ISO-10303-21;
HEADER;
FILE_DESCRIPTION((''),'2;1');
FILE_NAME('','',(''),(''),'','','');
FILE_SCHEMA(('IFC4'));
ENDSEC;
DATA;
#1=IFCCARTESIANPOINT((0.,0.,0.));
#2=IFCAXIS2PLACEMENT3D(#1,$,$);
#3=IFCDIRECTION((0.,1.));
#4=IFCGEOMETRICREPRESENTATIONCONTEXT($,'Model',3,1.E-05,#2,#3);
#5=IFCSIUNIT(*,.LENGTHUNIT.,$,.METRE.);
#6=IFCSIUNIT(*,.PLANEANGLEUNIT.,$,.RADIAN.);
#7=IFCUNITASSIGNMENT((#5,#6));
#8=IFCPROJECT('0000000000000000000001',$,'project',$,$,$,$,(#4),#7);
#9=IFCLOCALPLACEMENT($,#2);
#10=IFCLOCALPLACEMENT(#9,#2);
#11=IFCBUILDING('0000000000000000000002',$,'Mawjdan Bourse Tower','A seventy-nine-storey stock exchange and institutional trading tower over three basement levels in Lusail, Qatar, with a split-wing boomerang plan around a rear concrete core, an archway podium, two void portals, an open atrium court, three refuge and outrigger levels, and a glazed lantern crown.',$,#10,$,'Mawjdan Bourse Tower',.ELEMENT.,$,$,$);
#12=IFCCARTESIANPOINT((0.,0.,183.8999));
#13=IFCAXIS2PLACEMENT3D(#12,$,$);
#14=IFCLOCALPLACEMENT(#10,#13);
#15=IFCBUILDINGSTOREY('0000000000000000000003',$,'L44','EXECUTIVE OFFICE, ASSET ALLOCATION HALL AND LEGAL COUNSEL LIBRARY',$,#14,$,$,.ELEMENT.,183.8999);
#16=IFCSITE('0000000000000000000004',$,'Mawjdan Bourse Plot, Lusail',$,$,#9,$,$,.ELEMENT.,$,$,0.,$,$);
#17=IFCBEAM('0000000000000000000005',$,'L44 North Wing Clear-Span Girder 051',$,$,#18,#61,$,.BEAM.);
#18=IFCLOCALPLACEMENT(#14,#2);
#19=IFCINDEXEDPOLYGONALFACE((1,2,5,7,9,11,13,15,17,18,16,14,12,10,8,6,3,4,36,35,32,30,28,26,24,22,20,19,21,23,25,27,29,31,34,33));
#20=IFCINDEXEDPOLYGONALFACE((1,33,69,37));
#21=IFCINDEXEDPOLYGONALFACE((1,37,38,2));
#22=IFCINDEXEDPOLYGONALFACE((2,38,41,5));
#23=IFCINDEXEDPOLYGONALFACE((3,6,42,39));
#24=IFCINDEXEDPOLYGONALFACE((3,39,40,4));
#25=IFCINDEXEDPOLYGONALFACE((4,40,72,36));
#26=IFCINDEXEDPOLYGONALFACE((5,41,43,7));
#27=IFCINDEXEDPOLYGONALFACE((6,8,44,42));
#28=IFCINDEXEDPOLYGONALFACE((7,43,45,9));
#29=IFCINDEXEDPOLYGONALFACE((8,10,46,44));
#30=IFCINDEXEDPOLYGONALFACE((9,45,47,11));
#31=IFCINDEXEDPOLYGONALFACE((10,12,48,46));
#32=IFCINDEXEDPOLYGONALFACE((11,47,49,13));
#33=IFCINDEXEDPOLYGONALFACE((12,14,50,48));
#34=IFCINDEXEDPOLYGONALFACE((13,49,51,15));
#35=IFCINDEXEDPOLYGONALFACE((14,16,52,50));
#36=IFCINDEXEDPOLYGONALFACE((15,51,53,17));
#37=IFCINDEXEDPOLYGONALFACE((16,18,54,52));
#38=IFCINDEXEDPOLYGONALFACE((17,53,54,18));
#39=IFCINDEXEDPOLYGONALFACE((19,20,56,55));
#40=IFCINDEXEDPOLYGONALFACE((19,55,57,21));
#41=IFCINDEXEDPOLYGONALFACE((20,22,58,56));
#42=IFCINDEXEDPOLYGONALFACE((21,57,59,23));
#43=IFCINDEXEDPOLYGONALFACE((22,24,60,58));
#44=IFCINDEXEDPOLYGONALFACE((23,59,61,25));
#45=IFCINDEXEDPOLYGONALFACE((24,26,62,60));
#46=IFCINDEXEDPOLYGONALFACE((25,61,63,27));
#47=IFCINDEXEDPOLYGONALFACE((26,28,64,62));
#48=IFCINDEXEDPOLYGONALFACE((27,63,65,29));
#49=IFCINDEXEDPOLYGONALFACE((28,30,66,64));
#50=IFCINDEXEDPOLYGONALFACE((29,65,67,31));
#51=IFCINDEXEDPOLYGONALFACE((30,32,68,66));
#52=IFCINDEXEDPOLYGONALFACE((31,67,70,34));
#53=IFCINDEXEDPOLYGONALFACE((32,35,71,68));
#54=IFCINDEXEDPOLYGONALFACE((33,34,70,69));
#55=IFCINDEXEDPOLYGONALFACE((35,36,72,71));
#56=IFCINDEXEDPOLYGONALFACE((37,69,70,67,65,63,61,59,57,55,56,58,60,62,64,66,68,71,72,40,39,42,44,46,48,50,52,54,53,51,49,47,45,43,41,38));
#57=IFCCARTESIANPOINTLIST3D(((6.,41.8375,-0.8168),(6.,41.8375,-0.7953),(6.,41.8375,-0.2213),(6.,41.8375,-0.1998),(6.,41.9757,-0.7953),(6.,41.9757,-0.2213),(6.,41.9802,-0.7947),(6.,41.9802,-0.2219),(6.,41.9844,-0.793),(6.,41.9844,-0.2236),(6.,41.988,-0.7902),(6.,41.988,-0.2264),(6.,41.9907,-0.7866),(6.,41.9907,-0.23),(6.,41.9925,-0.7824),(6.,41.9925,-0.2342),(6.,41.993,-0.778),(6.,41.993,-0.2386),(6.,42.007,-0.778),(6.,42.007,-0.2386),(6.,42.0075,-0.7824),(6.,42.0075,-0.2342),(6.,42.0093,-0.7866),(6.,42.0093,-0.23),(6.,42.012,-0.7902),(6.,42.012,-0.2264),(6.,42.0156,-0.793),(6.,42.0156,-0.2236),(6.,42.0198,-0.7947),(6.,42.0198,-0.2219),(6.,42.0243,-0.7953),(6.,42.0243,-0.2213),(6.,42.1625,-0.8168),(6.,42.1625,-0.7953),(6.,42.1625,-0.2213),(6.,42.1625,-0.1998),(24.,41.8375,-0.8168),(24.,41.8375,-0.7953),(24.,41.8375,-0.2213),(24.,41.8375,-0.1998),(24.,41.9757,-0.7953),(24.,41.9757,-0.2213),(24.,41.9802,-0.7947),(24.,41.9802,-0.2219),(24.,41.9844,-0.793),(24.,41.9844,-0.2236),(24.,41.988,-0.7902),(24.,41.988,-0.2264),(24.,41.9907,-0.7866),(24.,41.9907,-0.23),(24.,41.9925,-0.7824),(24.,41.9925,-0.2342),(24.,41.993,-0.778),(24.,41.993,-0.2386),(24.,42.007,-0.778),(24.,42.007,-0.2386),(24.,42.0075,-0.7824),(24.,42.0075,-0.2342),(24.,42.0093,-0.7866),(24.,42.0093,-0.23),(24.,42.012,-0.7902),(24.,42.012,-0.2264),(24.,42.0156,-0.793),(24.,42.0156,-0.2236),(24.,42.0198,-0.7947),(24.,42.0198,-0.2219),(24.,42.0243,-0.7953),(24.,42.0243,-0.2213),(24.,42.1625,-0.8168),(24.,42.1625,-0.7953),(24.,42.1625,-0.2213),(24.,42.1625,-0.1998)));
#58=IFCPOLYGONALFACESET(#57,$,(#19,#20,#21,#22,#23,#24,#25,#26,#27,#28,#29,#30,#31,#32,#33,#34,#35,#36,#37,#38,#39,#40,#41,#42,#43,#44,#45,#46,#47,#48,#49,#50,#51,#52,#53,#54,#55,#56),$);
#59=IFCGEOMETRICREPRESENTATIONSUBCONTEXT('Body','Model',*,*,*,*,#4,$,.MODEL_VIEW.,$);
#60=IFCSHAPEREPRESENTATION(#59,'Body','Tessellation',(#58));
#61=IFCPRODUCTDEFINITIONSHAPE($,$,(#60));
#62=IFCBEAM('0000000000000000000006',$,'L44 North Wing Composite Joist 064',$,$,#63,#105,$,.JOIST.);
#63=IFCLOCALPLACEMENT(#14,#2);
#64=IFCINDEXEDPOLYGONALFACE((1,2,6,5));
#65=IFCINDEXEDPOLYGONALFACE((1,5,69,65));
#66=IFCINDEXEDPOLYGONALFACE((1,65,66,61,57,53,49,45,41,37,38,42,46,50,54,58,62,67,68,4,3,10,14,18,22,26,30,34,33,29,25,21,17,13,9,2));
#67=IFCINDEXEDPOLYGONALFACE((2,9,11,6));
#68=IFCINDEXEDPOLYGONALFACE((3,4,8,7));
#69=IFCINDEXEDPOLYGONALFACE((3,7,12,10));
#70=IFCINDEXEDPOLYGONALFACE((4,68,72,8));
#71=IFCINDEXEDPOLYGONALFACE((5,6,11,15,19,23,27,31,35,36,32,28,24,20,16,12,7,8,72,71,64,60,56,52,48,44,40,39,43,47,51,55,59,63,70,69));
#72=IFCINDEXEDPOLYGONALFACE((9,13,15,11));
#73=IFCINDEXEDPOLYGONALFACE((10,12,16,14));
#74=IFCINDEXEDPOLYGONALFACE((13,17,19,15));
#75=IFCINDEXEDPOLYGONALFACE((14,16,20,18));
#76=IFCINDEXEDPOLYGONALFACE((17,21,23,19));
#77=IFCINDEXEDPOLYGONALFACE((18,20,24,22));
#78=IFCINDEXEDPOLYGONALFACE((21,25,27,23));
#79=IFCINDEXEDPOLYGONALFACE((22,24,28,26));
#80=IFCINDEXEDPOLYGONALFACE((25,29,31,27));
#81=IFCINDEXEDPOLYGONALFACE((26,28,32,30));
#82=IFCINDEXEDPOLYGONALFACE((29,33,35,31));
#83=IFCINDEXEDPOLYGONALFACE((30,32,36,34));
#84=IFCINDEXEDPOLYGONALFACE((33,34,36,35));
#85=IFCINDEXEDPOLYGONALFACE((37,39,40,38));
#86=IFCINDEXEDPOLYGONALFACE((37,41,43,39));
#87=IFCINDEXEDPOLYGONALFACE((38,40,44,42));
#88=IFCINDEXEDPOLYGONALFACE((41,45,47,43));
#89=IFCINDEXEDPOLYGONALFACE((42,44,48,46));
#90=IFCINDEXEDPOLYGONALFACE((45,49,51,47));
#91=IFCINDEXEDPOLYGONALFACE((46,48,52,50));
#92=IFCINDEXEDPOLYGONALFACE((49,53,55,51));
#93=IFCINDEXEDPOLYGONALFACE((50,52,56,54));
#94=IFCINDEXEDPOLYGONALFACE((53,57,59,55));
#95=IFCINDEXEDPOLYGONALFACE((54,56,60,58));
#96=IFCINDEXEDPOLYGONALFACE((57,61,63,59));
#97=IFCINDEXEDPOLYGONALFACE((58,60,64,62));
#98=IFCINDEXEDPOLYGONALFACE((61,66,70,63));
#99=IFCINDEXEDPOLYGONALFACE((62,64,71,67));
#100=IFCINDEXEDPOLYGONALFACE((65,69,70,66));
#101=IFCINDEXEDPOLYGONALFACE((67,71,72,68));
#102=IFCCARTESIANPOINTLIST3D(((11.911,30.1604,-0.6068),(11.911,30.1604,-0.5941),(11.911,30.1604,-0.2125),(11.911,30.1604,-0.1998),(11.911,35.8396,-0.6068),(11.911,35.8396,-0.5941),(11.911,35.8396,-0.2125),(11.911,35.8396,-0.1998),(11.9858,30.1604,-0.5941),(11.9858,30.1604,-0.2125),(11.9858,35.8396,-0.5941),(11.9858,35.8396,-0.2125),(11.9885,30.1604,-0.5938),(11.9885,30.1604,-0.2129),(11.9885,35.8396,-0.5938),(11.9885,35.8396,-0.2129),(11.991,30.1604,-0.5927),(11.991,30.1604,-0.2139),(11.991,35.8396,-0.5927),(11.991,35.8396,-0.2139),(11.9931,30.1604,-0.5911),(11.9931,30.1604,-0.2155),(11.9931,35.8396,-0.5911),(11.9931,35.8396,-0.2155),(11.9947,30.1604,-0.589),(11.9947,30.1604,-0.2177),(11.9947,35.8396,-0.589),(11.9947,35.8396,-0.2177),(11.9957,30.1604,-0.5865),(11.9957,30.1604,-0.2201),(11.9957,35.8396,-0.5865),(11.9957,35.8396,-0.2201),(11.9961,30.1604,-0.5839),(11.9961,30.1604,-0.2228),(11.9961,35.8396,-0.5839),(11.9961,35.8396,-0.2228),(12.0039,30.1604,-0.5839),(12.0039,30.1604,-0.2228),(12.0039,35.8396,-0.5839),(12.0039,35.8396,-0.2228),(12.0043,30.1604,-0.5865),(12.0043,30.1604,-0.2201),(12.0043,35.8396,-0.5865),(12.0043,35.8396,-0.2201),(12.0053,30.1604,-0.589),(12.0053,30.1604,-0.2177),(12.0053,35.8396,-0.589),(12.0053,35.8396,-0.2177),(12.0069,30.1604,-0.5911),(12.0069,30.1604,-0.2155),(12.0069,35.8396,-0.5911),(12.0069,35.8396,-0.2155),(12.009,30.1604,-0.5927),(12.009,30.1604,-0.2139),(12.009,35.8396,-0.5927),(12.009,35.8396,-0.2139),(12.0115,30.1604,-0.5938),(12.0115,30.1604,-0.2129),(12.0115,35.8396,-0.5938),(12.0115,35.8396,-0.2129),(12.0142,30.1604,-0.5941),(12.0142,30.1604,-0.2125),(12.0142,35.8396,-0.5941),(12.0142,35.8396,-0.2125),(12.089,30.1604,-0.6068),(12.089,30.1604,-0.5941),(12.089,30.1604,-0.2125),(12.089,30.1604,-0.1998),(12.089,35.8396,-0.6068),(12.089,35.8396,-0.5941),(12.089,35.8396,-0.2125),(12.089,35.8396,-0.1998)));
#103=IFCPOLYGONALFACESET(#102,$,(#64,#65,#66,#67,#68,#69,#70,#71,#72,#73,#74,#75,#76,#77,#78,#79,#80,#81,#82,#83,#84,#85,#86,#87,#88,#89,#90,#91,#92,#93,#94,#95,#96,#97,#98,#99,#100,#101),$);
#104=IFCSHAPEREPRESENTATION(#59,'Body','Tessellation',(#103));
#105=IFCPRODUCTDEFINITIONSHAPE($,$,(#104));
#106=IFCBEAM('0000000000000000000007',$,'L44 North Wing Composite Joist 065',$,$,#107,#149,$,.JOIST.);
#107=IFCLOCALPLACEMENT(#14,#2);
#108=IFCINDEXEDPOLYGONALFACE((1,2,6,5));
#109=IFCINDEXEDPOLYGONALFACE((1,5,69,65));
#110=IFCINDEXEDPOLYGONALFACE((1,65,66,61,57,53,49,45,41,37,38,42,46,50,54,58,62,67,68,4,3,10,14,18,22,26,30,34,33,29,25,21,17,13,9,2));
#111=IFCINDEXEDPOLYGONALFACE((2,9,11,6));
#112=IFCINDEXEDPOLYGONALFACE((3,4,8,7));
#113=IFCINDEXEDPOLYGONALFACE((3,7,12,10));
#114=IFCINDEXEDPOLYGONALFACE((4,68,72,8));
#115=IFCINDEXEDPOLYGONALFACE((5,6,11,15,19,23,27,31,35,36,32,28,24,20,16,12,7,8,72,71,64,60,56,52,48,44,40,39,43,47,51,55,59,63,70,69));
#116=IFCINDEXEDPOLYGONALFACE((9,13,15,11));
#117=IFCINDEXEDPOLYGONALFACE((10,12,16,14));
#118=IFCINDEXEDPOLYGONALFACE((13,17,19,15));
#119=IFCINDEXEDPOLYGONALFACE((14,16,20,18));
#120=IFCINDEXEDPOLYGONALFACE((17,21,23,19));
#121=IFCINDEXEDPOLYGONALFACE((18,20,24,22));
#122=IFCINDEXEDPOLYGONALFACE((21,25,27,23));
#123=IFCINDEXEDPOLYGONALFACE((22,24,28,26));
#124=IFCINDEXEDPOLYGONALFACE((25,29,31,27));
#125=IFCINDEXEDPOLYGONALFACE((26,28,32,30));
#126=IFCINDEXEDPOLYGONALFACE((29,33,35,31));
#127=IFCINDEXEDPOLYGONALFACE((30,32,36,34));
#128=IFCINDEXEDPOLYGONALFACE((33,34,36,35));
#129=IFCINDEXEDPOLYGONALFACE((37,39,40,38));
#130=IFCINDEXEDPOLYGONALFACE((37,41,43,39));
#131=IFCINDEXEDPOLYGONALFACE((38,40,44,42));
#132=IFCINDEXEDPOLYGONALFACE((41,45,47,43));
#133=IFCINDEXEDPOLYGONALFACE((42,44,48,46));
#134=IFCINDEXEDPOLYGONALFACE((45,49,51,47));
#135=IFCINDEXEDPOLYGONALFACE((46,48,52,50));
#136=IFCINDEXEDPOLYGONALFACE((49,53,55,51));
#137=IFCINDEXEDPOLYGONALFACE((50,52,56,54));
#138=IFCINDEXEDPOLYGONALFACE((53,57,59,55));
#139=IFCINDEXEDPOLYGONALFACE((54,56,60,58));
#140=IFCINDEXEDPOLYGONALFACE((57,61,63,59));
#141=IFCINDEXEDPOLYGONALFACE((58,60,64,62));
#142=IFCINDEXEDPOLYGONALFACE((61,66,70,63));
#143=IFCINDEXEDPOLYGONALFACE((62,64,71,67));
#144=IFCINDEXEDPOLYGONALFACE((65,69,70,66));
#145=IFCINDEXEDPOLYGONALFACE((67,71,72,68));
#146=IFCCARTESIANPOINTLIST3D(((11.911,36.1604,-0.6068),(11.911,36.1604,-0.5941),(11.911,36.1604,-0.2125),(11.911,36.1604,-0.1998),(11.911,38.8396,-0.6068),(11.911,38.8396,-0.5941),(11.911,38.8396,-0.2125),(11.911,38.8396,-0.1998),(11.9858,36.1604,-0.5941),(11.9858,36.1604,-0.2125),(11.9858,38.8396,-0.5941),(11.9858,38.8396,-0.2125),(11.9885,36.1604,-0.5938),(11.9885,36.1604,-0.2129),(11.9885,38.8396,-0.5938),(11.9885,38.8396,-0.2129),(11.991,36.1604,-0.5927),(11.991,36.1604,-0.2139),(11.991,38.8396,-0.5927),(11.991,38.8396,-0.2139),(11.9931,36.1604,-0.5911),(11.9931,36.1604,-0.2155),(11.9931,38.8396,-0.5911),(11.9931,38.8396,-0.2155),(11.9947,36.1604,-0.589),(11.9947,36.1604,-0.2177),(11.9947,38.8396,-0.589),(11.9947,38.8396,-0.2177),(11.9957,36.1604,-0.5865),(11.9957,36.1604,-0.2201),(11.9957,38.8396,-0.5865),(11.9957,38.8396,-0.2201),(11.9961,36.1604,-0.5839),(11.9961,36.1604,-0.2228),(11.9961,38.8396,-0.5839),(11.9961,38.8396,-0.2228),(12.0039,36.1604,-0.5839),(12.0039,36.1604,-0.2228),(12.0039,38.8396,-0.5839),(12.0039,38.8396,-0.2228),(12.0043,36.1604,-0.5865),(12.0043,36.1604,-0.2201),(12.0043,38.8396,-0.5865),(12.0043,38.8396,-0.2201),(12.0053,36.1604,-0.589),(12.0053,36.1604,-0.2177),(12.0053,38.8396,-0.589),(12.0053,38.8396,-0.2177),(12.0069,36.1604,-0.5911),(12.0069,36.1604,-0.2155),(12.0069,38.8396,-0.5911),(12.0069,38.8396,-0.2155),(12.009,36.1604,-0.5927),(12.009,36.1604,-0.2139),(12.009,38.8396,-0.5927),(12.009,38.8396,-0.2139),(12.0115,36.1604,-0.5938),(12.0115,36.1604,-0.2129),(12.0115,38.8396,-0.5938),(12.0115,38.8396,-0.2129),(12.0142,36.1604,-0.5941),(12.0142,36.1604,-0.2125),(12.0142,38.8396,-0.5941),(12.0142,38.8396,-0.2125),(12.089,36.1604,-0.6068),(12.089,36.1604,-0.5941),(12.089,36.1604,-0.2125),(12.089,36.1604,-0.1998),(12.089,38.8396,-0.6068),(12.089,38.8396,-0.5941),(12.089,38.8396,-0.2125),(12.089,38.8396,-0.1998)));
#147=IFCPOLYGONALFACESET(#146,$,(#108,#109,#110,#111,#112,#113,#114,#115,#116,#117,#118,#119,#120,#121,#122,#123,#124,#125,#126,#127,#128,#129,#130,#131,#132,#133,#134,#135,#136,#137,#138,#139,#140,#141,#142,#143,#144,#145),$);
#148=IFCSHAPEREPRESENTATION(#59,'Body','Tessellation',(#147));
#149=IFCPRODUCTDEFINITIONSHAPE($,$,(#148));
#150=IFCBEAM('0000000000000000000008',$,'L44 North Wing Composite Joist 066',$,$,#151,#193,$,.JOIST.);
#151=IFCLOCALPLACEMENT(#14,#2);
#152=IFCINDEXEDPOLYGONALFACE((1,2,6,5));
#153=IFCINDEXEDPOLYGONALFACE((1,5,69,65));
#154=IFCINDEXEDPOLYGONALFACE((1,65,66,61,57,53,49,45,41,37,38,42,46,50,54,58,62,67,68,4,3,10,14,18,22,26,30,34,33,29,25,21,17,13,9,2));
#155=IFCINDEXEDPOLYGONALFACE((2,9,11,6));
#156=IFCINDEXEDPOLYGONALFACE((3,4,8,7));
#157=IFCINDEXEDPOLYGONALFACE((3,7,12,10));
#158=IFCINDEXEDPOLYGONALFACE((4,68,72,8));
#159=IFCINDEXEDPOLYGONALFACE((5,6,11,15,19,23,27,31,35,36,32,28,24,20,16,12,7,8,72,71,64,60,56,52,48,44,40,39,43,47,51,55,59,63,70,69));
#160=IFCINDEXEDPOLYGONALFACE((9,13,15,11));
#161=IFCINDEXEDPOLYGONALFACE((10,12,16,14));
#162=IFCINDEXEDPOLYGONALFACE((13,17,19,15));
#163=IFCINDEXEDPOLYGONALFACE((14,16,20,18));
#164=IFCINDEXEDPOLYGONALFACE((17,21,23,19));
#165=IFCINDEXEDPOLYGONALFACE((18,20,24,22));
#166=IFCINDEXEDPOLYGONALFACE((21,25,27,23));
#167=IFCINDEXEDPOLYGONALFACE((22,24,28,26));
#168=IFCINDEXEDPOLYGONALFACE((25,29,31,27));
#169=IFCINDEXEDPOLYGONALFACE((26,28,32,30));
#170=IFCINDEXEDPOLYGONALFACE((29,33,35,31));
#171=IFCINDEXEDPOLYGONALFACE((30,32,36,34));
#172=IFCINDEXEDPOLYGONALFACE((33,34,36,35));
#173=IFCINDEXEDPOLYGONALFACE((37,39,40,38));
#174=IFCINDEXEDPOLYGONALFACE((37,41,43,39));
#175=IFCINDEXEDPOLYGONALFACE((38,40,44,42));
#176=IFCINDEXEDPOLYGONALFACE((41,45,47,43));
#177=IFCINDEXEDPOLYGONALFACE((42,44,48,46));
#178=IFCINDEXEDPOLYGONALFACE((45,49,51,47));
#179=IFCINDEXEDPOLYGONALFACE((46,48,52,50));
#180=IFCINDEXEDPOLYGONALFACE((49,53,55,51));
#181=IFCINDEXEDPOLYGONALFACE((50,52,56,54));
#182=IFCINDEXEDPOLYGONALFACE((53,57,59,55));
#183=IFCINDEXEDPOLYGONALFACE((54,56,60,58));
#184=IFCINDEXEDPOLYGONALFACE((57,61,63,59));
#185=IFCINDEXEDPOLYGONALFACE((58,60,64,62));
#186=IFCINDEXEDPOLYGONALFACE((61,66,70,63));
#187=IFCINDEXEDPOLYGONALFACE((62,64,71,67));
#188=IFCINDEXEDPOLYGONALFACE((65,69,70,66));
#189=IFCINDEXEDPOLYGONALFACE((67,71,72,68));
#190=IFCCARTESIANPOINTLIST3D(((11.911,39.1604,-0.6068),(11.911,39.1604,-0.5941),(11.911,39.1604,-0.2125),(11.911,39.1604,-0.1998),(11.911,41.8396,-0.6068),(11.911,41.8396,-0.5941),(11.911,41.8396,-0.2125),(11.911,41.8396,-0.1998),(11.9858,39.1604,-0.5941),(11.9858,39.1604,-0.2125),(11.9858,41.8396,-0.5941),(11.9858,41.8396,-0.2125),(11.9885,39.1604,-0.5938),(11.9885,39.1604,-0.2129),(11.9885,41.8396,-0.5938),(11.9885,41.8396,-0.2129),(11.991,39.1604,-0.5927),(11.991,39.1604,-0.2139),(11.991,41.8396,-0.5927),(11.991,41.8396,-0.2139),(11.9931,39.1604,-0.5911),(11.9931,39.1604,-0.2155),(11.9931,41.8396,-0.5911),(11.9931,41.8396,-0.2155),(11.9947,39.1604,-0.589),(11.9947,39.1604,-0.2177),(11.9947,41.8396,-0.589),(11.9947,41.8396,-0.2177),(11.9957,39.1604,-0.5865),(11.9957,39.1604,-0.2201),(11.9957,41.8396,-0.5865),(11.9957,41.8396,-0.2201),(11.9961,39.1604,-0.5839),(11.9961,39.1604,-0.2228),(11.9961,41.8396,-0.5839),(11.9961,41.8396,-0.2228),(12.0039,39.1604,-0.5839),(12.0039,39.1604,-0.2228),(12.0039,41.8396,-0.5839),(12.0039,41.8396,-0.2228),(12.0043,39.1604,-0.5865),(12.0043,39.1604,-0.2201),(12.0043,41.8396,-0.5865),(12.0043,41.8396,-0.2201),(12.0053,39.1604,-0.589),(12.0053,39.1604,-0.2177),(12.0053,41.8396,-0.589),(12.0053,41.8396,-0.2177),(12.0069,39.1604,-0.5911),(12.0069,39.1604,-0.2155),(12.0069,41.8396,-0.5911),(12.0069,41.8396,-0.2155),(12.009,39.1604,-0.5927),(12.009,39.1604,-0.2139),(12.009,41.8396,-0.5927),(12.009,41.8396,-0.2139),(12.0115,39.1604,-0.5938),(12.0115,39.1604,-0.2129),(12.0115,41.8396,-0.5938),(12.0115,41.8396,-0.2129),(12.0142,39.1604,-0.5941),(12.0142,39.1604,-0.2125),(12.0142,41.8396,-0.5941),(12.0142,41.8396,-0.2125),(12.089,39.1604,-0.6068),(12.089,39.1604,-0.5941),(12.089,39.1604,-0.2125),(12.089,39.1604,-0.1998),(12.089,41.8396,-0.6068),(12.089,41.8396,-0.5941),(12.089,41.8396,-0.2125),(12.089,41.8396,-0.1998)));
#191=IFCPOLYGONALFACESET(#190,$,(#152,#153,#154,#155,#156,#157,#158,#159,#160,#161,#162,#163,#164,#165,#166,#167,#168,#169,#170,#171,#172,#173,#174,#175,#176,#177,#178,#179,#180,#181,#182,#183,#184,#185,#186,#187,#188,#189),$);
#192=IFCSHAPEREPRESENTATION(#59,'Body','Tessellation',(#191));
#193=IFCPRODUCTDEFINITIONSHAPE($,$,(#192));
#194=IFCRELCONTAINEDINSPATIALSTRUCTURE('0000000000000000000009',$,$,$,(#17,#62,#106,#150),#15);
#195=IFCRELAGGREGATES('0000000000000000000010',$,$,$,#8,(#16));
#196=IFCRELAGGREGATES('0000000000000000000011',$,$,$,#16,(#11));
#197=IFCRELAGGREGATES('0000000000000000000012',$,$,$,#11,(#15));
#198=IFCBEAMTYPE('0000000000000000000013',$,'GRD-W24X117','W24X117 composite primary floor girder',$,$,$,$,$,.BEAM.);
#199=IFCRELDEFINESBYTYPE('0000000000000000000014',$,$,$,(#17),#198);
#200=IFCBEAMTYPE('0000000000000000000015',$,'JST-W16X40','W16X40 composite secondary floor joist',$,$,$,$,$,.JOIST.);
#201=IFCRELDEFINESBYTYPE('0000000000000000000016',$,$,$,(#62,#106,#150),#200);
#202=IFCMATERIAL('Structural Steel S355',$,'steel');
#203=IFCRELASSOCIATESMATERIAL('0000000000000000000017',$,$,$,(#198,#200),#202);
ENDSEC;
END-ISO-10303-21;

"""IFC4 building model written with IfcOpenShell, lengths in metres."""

from ifc_helpers import new_model, si_unit, direction, frame, origin, origin_2d, place, context, subcontext, project, spatial, i_section, extrude, material, material_profile, profile_set, type_object, element, save


model = new_model("IFC4")

# Units and contexts
model_context = context("Model", 3, precision=1e-05, world=origin(), true_north=direction((0.0, 1.0)))
body_context = subcontext(model_context, "Body", "Model", "MODEL_VIEW")
ifc_project = project(units=[si_unit("LENGTHUNIT", "METRE"), si_unit("PLANEANGLEUNIT", "RADIAN")], contexts=[model_context])

# Site, building, storey
site_placement = place(None, origin())
site = spatial("IfcSite", under=ifc_project, at=site_placement, Name="Mawjdan Bourse Plot, Lusail", CompositionType="ELEMENT", RefElevation=0.0)
building_placement = place(site_placement, origin())
building = spatial("IfcBuilding", under=site, at=building_placement, Name="Mawjdan Bourse Tower", Description="A seventy-nine-storey stock exchange and institutional trading tower over three basement levels in Lusail, Qatar, with a split-wing boomerang plan around a rear concrete core, an archway podium, two void portals, an open atrium court, three refuge and outrigger levels, and a glazed lantern crown.", LongName="Mawjdan Bourse Tower", CompositionType="ELEMENT")
storey_placement = place(building_placement, frame((0.0, 0.0, 183.8999)))
storey = spatial("IfcBuildingStorey", under=building, at=storey_placement, Name="L44", Description="EXECUTIVE OFFICE, ASSET ALLOCATION HALL AND LEGAL COUNSEL LIBRARY", CompositionType="ELEMENT", Elevation=183.8999)

# Beams
ifc_material_1 = material(Name="Structural Steel S355", Category="steel")
ifc_material_profile_1 = material_profile(ifc_material_1, i_section(OverallWidth=0.325, OverallDepth=0.6169, WebThickness=0.0139, FlangeThickness=0.0215, FilletRadius=0.0173, at=origin_2d()), Name="W24X117")
ifc_profile_set_1 = profile_set([ifc_material_profile_1], Name="Structural Steel S355")
beam_type_1 = type_object("IfcBeamType", Name="GRD-W24X117", Description="W24X117 composite primary floor girder", PredefinedType="BEAM", material=ifc_profile_set_1)
for number, where, z_axis, x_axis, name in (
    (1, (6.0, 42.0, -0.5083), (1.0, 0.0, 0.0), (0.0, 1.0, 0.0), "L44 North Wing Clear-Span Girder 051"),
):
    element("IfcBeam", number, at=place(storey_placement, frame(where, z_axis=z_axis, x_axis=x_axis)), inside=storey, type_object=beam_type_1, Name=name, PredefinedType="BEAM", context=body_context, shape_type="SweptSolid", body=[
        extrude(i_section(OverallWidth=0.325, OverallDepth=0.6169, WebThickness=0.0139, FlangeThickness=0.0215, FilletRadius=0.0173, at=origin_2d()), origin(), (0.0, 0.0, 1.0), 18.0),
    ])
ifc_material_profile_2 = material_profile(ifc_material_1, i_section(OverallWidth=0.178, OverallDepth=0.407, WebThickness=0.0078, FlangeThickness=0.0127, FilletRadius=0.0103, at=origin_2d()), Name="W16X40")
ifc_profile_set_2 = profile_set([ifc_material_profile_2], Name="Structural Steel S355")
beam_type_2 = type_object("IfcBeamType", Name="JST-W16X40", Description="W16X40 composite secondary floor joist", PredefinedType="JOIST", material=ifc_profile_set_2)
beam_1_placement = place(storey_placement, frame((12.0, 30.1604, -0.4033), z_axis=(0.0, 1.0, 0.0), x_axis=(-1.0, 0.0, 0.0)))
element("IfcBeam", 2, at=beam_1_placement, inside=storey, type_object=beam_type_2, Name="L44 North Wing Composite Joist 064", PredefinedType="JOIST", context=body_context, shape_type="SweptSolid", body=[
    extrude(i_section(OverallWidth=0.178, OverallDepth=0.407, WebThickness=0.0078, FlangeThickness=0.0127, FilletRadius=0.0103, at=origin_2d()), origin(), (0.0, 0.0, 1.0), 5.6792),
])
for number, where, z_axis, x_axis, name in (
    (3, (12.0, 36.1604, -0.4033), (0.0, 1.0, 0.0), (-1.0, 0.0, 0.0), "L44 North Wing Composite Joist 065"),
    (4, (12.0, 39.1604, -0.4033), (0.0, 1.0, 0.0), (-1.0, 0.0, 0.0), "L44 North Wing Composite Joist 066"),
):
    element("IfcBeam", number, at=place(storey_placement, frame(where, z_axis=z_axis, x_axis=x_axis)), inside=storey, type_object=beam_type_2, Name=name, PredefinedType="JOIST", context=body_context, shape_type="SweptSolid", body=[
        extrude(i_section(OverallWidth=0.178, OverallDepth=0.407, WebThickness=0.0078, FlangeThickness=0.0127, FilletRadius=0.0103, at=origin_2d()), origin(), (0.0, 0.0, 1.0), 2.6792),
    ])

save(model, "model.ifc")
